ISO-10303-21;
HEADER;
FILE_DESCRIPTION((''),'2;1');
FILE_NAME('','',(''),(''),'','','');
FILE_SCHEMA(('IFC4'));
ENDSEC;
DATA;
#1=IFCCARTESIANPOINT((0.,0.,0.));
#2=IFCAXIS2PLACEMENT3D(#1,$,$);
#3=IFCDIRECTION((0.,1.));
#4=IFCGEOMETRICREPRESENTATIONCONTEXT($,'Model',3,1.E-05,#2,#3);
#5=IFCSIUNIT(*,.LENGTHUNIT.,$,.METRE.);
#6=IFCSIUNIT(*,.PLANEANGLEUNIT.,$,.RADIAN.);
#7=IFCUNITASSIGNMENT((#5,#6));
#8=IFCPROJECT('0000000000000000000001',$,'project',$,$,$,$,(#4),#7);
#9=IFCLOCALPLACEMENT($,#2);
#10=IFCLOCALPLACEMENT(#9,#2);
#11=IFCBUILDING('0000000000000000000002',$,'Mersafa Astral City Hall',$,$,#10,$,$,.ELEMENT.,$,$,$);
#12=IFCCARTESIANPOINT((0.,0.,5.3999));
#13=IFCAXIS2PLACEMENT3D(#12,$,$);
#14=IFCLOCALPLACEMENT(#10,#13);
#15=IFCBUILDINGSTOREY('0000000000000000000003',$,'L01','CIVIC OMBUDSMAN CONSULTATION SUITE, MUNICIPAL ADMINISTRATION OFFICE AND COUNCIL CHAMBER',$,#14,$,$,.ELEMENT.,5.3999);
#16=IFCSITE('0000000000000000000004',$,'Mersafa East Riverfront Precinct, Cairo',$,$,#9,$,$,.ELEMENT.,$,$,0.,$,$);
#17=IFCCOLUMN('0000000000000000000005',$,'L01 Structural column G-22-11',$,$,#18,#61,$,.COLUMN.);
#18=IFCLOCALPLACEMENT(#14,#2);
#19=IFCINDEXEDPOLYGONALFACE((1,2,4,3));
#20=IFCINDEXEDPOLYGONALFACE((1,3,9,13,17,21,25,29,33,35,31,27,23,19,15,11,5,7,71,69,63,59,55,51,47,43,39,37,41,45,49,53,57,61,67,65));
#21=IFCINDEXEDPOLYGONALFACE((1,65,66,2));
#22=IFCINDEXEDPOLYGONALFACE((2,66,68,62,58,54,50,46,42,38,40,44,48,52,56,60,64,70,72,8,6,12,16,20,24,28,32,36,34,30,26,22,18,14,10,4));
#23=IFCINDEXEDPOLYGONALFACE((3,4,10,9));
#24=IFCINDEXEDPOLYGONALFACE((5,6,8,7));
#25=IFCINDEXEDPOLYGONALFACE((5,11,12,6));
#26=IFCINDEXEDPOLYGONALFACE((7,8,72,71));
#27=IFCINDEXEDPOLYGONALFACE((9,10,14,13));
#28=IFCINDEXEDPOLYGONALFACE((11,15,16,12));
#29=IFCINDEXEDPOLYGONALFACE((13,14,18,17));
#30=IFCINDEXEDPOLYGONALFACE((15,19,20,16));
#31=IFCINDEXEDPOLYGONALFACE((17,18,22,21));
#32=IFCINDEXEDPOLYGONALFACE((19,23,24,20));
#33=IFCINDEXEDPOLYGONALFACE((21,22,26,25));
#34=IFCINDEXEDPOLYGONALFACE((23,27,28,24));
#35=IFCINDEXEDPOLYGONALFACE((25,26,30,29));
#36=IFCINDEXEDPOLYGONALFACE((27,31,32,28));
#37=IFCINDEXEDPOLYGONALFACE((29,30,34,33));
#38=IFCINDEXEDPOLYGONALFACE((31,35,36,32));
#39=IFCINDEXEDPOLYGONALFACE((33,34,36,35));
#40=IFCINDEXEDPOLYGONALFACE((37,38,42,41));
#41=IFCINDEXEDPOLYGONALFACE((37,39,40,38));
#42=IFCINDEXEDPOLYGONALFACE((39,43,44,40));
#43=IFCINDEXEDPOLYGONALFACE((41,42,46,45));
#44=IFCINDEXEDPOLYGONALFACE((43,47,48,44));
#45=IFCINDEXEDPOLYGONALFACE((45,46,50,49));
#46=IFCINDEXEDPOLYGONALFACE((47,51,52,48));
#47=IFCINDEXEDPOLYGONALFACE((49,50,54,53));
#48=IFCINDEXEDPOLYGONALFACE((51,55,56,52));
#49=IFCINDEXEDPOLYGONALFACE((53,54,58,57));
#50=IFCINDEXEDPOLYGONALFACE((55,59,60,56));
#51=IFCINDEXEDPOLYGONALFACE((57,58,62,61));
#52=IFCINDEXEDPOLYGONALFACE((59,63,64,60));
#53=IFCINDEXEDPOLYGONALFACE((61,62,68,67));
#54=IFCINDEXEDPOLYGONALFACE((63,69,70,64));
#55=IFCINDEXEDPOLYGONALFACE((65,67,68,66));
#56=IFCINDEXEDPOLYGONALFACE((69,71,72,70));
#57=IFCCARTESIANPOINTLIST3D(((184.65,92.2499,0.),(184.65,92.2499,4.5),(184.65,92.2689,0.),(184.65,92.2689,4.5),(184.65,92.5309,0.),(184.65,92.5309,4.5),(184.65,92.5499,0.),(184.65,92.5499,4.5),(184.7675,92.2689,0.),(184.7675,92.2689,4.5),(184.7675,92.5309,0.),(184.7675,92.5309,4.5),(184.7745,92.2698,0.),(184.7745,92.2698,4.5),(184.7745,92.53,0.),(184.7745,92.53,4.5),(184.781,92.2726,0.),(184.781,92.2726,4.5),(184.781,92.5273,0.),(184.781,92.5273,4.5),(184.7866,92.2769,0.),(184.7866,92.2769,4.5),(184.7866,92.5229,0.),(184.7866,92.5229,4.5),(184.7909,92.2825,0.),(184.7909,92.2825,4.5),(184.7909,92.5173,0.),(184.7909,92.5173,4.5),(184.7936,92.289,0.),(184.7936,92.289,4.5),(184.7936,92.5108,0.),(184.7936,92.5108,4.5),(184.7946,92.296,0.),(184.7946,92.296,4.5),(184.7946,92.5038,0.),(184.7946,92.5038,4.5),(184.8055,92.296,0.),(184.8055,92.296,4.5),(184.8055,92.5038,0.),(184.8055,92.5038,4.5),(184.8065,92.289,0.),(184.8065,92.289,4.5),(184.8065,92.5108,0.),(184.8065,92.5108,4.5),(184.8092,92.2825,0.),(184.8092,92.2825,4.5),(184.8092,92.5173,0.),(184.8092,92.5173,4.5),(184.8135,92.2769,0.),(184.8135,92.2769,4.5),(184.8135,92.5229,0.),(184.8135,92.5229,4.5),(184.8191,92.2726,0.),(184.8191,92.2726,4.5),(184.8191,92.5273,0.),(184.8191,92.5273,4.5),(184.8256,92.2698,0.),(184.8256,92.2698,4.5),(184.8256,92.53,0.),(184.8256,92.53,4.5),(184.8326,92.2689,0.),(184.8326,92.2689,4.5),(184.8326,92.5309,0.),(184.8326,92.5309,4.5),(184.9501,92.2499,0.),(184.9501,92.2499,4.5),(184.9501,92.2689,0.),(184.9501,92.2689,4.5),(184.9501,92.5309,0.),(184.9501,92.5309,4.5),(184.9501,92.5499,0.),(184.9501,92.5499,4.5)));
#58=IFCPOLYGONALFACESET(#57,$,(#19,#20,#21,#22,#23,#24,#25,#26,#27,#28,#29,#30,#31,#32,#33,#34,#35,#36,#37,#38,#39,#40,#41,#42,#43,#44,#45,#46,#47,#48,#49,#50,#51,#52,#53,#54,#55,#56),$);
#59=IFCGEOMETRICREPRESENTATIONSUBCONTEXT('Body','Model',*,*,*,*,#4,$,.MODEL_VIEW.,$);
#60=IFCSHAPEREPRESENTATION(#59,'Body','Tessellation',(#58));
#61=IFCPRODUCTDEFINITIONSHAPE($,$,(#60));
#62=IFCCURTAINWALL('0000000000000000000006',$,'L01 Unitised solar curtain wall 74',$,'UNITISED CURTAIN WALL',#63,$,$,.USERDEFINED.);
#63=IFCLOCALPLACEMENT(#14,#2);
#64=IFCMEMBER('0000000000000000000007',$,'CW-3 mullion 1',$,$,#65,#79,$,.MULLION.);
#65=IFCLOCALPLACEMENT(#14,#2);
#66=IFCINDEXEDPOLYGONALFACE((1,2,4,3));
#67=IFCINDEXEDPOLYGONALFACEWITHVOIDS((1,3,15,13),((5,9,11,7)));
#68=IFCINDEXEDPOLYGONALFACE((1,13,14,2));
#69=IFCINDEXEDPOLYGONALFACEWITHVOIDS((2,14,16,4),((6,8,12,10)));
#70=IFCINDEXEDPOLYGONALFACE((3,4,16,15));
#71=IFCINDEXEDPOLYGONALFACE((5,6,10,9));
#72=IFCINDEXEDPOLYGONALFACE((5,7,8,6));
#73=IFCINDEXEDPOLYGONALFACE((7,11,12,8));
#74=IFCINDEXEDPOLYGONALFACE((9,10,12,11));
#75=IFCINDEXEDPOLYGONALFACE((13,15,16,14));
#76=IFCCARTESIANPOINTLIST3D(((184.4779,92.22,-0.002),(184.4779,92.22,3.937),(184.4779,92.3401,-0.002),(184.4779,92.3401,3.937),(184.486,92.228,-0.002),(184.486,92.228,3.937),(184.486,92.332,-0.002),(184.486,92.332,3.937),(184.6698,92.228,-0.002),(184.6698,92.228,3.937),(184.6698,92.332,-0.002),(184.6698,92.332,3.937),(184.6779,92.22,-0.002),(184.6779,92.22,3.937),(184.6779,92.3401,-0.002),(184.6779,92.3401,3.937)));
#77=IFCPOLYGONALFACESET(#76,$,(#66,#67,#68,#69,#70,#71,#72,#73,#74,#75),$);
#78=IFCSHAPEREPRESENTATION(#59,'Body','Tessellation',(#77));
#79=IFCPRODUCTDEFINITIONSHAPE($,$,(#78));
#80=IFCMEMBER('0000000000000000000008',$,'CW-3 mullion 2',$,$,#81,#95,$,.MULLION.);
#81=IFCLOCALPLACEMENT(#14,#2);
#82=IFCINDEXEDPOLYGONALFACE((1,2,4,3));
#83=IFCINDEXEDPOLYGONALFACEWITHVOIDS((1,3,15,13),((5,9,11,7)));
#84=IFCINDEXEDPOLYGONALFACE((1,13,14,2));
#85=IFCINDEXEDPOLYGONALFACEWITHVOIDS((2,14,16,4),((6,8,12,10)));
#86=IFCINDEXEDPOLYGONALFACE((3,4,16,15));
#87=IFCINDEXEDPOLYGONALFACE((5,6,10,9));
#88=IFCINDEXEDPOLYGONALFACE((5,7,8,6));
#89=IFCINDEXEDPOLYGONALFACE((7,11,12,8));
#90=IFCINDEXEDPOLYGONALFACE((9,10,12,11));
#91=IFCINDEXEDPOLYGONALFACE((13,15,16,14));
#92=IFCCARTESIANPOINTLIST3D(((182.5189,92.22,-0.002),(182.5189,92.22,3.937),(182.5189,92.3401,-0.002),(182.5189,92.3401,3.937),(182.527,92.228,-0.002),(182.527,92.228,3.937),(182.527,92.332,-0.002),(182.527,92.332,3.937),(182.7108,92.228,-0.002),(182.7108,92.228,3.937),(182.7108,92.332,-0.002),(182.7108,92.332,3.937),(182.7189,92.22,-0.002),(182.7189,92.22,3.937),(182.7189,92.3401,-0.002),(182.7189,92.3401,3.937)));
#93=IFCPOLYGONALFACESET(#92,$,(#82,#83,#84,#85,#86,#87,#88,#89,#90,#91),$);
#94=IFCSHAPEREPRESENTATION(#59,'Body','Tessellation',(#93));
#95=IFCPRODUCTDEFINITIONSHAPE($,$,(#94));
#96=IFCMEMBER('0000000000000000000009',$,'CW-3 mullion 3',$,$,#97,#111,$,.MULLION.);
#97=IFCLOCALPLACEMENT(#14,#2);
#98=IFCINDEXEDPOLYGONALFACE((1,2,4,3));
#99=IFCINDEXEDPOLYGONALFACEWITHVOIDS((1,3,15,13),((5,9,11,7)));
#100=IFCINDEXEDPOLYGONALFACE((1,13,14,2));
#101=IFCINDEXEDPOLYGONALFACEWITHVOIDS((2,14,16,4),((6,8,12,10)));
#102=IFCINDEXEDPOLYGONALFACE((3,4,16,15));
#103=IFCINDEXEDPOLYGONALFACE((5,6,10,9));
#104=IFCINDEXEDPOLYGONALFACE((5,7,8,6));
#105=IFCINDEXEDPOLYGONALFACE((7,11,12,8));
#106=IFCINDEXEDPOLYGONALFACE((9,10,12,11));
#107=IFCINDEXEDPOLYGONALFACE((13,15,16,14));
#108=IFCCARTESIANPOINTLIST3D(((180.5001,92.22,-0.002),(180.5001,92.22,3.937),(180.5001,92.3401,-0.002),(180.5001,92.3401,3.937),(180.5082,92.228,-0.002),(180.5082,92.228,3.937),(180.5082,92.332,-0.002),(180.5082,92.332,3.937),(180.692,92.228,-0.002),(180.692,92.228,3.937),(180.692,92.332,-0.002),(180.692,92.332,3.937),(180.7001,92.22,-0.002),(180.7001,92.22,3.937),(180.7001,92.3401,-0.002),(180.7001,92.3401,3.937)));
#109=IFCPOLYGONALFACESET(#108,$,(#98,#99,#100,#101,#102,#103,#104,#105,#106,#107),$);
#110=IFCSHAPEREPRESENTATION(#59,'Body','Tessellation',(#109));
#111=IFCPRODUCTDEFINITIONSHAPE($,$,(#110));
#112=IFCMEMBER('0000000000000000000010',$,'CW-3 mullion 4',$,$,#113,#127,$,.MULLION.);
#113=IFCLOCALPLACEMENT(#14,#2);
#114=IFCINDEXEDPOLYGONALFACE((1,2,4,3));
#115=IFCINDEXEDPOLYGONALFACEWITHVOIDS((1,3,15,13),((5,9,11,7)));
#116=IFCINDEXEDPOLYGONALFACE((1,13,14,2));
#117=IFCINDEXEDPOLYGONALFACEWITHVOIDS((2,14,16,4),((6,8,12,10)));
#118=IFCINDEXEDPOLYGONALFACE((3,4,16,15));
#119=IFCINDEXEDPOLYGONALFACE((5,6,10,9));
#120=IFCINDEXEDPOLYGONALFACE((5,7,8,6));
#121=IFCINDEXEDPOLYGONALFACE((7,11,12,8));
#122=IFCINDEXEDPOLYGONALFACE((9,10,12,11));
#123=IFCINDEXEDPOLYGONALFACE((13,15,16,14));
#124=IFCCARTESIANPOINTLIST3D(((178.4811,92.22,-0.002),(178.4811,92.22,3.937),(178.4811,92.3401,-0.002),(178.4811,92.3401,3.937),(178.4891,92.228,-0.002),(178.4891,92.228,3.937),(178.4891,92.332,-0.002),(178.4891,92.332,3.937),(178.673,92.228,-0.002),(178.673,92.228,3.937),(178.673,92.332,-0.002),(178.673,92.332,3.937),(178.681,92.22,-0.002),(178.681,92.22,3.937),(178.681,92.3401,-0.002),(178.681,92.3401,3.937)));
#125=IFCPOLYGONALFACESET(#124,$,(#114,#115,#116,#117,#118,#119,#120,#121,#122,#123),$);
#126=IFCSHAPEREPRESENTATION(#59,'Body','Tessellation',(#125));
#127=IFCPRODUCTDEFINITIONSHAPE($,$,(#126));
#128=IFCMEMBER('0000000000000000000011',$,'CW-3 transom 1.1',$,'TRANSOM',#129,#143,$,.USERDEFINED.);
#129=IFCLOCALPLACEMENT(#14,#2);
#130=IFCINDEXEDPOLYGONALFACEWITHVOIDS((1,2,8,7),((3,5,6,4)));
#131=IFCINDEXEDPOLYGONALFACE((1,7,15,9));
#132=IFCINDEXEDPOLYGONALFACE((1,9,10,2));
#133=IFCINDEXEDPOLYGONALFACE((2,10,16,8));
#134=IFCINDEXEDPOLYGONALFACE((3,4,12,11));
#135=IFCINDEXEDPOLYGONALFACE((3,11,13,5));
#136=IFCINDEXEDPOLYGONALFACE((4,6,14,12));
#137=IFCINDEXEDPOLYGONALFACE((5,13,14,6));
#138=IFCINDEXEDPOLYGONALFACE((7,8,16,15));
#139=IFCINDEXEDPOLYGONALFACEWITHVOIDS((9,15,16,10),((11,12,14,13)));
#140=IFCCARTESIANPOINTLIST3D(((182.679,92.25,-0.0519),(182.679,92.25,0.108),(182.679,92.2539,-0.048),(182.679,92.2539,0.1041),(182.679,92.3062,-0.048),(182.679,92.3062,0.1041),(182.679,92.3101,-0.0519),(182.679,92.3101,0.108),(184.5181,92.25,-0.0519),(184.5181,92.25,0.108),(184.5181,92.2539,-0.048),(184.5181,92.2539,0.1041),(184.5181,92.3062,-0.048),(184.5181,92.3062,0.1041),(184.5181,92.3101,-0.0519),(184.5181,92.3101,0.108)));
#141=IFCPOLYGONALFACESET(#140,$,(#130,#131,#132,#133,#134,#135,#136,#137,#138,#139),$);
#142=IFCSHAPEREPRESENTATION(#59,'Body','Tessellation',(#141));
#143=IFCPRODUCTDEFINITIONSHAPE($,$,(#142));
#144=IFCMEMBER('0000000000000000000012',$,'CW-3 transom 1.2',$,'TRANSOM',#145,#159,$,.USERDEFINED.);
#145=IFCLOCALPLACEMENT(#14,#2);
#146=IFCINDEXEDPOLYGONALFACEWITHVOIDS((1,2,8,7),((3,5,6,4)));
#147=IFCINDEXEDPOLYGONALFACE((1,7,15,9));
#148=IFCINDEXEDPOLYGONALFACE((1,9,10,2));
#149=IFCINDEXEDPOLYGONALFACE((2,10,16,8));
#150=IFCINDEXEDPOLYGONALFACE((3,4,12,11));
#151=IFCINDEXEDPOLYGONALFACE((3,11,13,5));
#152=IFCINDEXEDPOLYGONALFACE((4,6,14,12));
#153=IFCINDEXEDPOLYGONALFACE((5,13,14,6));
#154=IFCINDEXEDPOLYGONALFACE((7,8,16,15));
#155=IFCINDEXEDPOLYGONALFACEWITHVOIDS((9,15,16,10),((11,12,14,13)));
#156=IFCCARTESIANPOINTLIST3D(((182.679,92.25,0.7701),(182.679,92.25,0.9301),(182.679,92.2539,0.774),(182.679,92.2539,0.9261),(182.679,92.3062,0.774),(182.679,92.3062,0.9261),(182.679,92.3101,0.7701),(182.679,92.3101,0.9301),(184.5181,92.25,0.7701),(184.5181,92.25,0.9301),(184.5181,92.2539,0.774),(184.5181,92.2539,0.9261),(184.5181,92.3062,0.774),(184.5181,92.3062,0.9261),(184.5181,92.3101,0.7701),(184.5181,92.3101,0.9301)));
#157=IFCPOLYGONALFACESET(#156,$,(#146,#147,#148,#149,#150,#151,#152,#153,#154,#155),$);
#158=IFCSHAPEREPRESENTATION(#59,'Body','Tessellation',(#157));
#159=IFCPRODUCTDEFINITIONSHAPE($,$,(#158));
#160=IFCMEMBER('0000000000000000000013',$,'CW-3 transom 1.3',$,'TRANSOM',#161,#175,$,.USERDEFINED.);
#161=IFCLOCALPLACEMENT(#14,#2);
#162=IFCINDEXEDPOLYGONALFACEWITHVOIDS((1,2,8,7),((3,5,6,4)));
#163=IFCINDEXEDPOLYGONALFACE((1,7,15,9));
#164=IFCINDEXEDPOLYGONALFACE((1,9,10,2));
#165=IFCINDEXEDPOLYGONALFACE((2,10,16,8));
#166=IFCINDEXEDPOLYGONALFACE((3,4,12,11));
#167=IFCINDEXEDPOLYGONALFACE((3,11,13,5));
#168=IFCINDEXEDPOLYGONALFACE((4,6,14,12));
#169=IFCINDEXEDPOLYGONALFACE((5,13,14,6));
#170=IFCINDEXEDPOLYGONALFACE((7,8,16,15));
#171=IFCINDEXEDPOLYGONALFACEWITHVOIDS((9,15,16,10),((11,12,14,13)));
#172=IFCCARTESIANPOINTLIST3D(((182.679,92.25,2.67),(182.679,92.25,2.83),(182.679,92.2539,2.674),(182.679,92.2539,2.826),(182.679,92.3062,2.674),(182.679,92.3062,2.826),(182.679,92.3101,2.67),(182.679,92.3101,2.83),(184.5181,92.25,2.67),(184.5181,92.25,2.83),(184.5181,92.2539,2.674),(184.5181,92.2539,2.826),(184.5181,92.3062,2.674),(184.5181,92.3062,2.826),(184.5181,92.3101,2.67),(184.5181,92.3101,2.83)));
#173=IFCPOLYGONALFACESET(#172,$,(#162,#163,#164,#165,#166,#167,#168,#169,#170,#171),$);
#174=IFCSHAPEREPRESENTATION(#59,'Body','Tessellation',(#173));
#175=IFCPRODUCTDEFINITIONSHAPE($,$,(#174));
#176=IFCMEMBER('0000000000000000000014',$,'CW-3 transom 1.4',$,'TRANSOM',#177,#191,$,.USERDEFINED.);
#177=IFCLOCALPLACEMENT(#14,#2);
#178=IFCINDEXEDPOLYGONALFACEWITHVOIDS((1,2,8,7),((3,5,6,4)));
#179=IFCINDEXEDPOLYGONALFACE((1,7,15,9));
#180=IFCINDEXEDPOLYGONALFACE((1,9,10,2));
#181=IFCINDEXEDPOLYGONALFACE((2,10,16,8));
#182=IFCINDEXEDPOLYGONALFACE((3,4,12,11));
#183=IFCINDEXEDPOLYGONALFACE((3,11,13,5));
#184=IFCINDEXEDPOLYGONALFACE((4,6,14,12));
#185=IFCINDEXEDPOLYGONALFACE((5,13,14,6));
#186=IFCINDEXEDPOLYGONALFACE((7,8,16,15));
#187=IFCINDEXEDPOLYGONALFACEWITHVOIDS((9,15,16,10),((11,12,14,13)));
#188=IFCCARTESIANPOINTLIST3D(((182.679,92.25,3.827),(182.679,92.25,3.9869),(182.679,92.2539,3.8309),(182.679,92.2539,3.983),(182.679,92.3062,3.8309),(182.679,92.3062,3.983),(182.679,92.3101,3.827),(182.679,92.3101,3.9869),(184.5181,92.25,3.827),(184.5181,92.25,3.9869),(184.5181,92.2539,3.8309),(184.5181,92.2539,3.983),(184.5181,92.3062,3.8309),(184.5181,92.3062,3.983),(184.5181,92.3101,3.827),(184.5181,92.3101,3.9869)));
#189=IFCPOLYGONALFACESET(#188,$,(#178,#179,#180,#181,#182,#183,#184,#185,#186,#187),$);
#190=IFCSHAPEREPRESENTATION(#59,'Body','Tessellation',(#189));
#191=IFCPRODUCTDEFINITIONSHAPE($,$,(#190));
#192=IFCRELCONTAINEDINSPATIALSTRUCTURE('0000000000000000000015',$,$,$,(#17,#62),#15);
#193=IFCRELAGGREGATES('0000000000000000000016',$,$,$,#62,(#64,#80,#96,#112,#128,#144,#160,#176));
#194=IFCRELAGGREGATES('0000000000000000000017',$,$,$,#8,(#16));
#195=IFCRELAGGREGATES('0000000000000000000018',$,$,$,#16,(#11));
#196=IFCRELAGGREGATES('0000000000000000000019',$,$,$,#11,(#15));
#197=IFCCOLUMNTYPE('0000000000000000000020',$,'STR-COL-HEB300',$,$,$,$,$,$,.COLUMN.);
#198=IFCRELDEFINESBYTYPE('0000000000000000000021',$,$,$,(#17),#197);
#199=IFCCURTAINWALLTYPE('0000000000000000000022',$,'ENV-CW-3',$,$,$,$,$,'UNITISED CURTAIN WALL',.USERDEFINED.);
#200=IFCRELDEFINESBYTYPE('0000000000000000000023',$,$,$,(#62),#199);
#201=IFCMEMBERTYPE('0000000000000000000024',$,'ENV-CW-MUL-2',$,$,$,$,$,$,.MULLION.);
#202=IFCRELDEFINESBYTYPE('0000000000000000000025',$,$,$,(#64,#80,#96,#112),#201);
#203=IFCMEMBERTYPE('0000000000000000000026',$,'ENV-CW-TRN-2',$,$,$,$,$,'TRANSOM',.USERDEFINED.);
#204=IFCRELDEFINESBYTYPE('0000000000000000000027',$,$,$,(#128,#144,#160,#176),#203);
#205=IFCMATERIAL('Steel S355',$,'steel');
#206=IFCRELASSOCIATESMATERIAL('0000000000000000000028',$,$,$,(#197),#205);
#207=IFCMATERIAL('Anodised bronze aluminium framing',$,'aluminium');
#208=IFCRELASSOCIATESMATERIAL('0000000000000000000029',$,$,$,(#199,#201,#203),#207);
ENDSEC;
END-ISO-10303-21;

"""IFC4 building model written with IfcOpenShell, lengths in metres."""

from ifc_helpers import new_model, si_unit, direction, frame, origin, origin_2d, place, context, subcontext, project, spatial, hollow_rectangle, i_section, extrude, material, material_profile, profile_set, type_object, element, aggregate, save


model = new_model("IFC4")

# Units and contexts
model_context = context("Model", 3, precision=1e-05, world=origin(), true_north=direction((0.0, 1.0)))
body_context = subcontext(model_context, "Body", "Model", "MODEL_VIEW")
ifc_project = project(units=[si_unit("LENGTHUNIT", "METRE"), si_unit("PLANEANGLEUNIT", "RADIAN")], contexts=[model_context])

# Site, building, storey
site_placement = place(None, origin())
site = spatial("IfcSite", under=ifc_project, at=site_placement, Name="Mersafa East Riverfront Precinct, Cairo", CompositionType="ELEMENT", RefElevation=0.0)
building_placement = place(site_placement, origin())
building = spatial("IfcBuilding", under=site, at=building_placement, Name="Mersafa Astral City Hall", CompositionType="ELEMENT")
storey_placement = place(building_placement, frame((0.0, 0.0, 5.3999)))
storey = spatial("IfcBuildingStorey", under=building, at=storey_placement, Name="L01", Description="CIVIC OMBUDSMAN CONSULTATION SUITE, MUNICIPAL ADMINISTRATION OFFICE AND COUNCIL CHAMBER", CompositionType="ELEMENT", Elevation=5.3999)

# Column
ifc_material_1 = material(Name="Steel S355", Category="steel")
ifc_material_profile_1 = material_profile(ifc_material_1, i_section(OverallWidth=0.3, OverallDepth=0.3, WebThickness=0.011, FlangeThickness=0.019, FilletRadius=0.0271, at=origin_2d()), Name="HEB 300")
ifc_profile_set_1 = profile_set([ifc_material_profile_1], Name="Steel S355")
column_type = type_object("IfcColumnType", Name="STR-COL-HEB300", PredefinedType="COLUMN", material=ifc_profile_set_1)
column_placement = place(storey_placement, frame((184.8, 92.3999, 0.0), z_axis=(0.0, 0.0, 1.0), x_axis=(1.0, 0.0, 0.0)))
element("IfcColumn", 1, at=column_placement, inside=storey, type_object=column_type, Name="L01 Structural column G-22-11", PredefinedType="COLUMN", context=body_context, shape_type="SweptSolid", body=[
    extrude(i_section(OverallWidth=0.3, OverallDepth=0.3, WebThickness=0.011, FlangeThickness=0.019, FilletRadius=0.0271, at=origin_2d()), origin(), (0.0, 0.0, 1.0), 4.5),
])

# Curtain wall, members
ifc_material_2 = material(Name="Anodised bronze aluminium framing", Category="aluminium")
curtain_wall_type = type_object("IfcCurtainWallType", Name="ENV-CW-3", ElementType="UNITISED CURTAIN WALL", PredefinedType="USERDEFINED", material=ifc_material_2)
curtain_wall_placement = place(storey_placement, origin())
curtain_wall = element("IfcCurtainWall", 2, at=curtain_wall_placement, inside=storey, type_object=curtain_wall_type, Name="L01 Unitised solar curtain wall 74", ObjectType="UNITISED CURTAIN WALL", PredefinedType="USERDEFINED")
ifc_material_profile_2 = material_profile(ifc_material_2, hollow_rectangle(XDim=0.1201, YDim=0.2, WallThickness=0.0081, at=origin_2d()), Name="RHS 120x200x8")
ifc_profile_set_2 = profile_set([ifc_material_profile_2], Name="Anodised bronze aluminium framing")
member_type_1 = type_object("IfcMemberType", Name="ENV-CW-MUL-2", PredefinedType="MULLION", material=ifc_profile_set_2)
member_1_placement = place(storey_placement, frame((184.5779, 92.28, -0.002), z_axis=(0.0, 0.0, 1.0), x_axis=(0.0, -1.0, 0.0)))
member_1 = element("IfcMember", 3, at=member_1_placement, type_object=member_type_1, Name="CW-3 mullion 1", PredefinedType="MULLION", context=body_context, shape_type="SweptSolid", body=[
    extrude(hollow_rectangle(XDim=0.1201, YDim=0.2, WallThickness=0.0081, at=origin_2d()), origin(), (0.0, 0.0, 1.0), 3.939),
])
member_2_placement = place(storey_placement, frame((182.6189, 92.28, -0.002), z_axis=(0.0, 0.0, 1.0), x_axis=(0.0, -1.0, 0.0)))
member_2 = element("IfcMember", 4, at=member_2_placement, type_object=member_type_1, Name="CW-3 mullion 2", PredefinedType="MULLION", context=body_context, shape_type="SweptSolid", body=[
    extrude(hollow_rectangle(XDim=0.1201, YDim=0.2, WallThickness=0.0081, at=origin_2d()), origin(), (0.0, 0.0, 1.0), 3.939),
])
member_3_placement = place(storey_placement, frame((180.6001, 92.28, -0.002), z_axis=(0.0, 0.0, 1.0), x_axis=(0.0, -1.0, 0.0)))
member_3 = element("IfcMember", 5, at=member_3_placement, type_object=member_type_1, Name="CW-3 mullion 3", PredefinedType="MULLION", context=body_context, shape_type="SweptSolid", body=[
    extrude(hollow_rectangle(XDim=0.1201, YDim=0.2, WallThickness=0.0081, at=origin_2d()), origin(), (0.0, 0.0, 1.0), 3.939),
])
member_4_placement = place(storey_placement, frame((178.5811, 92.28, -0.002), z_axis=(0.0, 0.0, 1.0), x_axis=(0.0, -1.0, 0.0)))
member_4 = element("IfcMember", 6, at=member_4_placement, type_object=member_type_1, Name="CW-3 mullion 4", PredefinedType="MULLION", context=body_context, shape_type="SweptSolid", body=[
    extrude(hollow_rectangle(XDim=0.1201, YDim=0.2, WallThickness=0.0081, at=origin_2d()), origin(), (0.0, 0.0, 1.0), 3.939),
])
ifc_material_profile_3 = material_profile(ifc_material_2, hollow_rectangle(XDim=0.0601, YDim=0.1599, WallThickness=0.0039, at=origin_2d()), Name="RHS 60x160x4")
ifc_profile_set_3 = profile_set([ifc_material_profile_3], Name="Anodised bronze aluminium framing")
member_type_2 = type_object("IfcMemberType", Name="ENV-CW-TRN-2", ElementType="TRANSOM", PredefinedType="USERDEFINED", material=ifc_profile_set_3)
member_5_placement = place(storey_placement, frame((184.5181, 92.28, 0.0281), z_axis=(-1.0, 0.0, 0.0), x_axis=(0.0, -1.0, 0.0)))
member_5 = element("IfcMember", 7, at=member_5_placement, type_object=member_type_2, Name="CW-3 transom 1.1", ObjectType="TRANSOM", PredefinedType="USERDEFINED", context=body_context, shape_type="SweptSolid", body=[
    extrude(hollow_rectangle(XDim=0.0601, YDim=0.1599, WallThickness=0.0039, at=origin_2d()), origin(), (0.0, 0.0, 1.0), 1.8391),
])
member_6_placement = place(storey_placement, frame((184.5181, 92.28, 0.8501), z_axis=(-1.0, 0.0, 0.0), x_axis=(0.0, -1.0, 0.0)))
member_6 = element("IfcMember", 8, at=member_6_placement, type_object=member_type_2, Name="CW-3 transom 1.2", ObjectType="TRANSOM", PredefinedType="USERDEFINED", context=body_context, shape_type="SweptSolid", body=[
    extrude(hollow_rectangle(XDim=0.0601, YDim=0.1599, WallThickness=0.0039, at=origin_2d()), origin(), (0.0, 0.0, 1.0), 1.8391),
])
member_7_placement = place(storey_placement, frame((184.5181, 92.28, 2.75), z_axis=(-1.0, 0.0, 0.0), x_axis=(0.0, -1.0, 0.0)))
member_7 = element("IfcMember", 9, at=member_7_placement, type_object=member_type_2, Name="CW-3 transom 1.3", ObjectType="TRANSOM", PredefinedType="USERDEFINED", context=body_context, shape_type="SweptSolid", body=[
    extrude(hollow_rectangle(XDim=0.0601, YDim=0.1599, WallThickness=0.0039, at=origin_2d()), origin(), (0.0, 0.0, 1.0), 1.8391),
])
member_8_placement = place(storey_placement, frame((184.5181, 92.28, 3.907), z_axis=(-1.0, 0.0, 0.0), x_axis=(0.0, -1.0, 0.0)))
member_8 = element("IfcMember", 10, at=member_8_placement, type_object=member_type_2, Name="CW-3 transom 1.4", ObjectType="TRANSOM", PredefinedType="USERDEFINED", context=body_context, shape_type="SweptSolid", body=[
    extrude(hollow_rectangle(XDim=0.0601, YDim=0.1599, WallThickness=0.0039, at=origin_2d()), origin(), (0.0, 0.0, 1.0), 1.8391),
])
aggregate(curtain_wall, [member_1, member_2, member_3, member_4, member_5, member_6, member_7, member_8])

save(model, "model.ifc")
